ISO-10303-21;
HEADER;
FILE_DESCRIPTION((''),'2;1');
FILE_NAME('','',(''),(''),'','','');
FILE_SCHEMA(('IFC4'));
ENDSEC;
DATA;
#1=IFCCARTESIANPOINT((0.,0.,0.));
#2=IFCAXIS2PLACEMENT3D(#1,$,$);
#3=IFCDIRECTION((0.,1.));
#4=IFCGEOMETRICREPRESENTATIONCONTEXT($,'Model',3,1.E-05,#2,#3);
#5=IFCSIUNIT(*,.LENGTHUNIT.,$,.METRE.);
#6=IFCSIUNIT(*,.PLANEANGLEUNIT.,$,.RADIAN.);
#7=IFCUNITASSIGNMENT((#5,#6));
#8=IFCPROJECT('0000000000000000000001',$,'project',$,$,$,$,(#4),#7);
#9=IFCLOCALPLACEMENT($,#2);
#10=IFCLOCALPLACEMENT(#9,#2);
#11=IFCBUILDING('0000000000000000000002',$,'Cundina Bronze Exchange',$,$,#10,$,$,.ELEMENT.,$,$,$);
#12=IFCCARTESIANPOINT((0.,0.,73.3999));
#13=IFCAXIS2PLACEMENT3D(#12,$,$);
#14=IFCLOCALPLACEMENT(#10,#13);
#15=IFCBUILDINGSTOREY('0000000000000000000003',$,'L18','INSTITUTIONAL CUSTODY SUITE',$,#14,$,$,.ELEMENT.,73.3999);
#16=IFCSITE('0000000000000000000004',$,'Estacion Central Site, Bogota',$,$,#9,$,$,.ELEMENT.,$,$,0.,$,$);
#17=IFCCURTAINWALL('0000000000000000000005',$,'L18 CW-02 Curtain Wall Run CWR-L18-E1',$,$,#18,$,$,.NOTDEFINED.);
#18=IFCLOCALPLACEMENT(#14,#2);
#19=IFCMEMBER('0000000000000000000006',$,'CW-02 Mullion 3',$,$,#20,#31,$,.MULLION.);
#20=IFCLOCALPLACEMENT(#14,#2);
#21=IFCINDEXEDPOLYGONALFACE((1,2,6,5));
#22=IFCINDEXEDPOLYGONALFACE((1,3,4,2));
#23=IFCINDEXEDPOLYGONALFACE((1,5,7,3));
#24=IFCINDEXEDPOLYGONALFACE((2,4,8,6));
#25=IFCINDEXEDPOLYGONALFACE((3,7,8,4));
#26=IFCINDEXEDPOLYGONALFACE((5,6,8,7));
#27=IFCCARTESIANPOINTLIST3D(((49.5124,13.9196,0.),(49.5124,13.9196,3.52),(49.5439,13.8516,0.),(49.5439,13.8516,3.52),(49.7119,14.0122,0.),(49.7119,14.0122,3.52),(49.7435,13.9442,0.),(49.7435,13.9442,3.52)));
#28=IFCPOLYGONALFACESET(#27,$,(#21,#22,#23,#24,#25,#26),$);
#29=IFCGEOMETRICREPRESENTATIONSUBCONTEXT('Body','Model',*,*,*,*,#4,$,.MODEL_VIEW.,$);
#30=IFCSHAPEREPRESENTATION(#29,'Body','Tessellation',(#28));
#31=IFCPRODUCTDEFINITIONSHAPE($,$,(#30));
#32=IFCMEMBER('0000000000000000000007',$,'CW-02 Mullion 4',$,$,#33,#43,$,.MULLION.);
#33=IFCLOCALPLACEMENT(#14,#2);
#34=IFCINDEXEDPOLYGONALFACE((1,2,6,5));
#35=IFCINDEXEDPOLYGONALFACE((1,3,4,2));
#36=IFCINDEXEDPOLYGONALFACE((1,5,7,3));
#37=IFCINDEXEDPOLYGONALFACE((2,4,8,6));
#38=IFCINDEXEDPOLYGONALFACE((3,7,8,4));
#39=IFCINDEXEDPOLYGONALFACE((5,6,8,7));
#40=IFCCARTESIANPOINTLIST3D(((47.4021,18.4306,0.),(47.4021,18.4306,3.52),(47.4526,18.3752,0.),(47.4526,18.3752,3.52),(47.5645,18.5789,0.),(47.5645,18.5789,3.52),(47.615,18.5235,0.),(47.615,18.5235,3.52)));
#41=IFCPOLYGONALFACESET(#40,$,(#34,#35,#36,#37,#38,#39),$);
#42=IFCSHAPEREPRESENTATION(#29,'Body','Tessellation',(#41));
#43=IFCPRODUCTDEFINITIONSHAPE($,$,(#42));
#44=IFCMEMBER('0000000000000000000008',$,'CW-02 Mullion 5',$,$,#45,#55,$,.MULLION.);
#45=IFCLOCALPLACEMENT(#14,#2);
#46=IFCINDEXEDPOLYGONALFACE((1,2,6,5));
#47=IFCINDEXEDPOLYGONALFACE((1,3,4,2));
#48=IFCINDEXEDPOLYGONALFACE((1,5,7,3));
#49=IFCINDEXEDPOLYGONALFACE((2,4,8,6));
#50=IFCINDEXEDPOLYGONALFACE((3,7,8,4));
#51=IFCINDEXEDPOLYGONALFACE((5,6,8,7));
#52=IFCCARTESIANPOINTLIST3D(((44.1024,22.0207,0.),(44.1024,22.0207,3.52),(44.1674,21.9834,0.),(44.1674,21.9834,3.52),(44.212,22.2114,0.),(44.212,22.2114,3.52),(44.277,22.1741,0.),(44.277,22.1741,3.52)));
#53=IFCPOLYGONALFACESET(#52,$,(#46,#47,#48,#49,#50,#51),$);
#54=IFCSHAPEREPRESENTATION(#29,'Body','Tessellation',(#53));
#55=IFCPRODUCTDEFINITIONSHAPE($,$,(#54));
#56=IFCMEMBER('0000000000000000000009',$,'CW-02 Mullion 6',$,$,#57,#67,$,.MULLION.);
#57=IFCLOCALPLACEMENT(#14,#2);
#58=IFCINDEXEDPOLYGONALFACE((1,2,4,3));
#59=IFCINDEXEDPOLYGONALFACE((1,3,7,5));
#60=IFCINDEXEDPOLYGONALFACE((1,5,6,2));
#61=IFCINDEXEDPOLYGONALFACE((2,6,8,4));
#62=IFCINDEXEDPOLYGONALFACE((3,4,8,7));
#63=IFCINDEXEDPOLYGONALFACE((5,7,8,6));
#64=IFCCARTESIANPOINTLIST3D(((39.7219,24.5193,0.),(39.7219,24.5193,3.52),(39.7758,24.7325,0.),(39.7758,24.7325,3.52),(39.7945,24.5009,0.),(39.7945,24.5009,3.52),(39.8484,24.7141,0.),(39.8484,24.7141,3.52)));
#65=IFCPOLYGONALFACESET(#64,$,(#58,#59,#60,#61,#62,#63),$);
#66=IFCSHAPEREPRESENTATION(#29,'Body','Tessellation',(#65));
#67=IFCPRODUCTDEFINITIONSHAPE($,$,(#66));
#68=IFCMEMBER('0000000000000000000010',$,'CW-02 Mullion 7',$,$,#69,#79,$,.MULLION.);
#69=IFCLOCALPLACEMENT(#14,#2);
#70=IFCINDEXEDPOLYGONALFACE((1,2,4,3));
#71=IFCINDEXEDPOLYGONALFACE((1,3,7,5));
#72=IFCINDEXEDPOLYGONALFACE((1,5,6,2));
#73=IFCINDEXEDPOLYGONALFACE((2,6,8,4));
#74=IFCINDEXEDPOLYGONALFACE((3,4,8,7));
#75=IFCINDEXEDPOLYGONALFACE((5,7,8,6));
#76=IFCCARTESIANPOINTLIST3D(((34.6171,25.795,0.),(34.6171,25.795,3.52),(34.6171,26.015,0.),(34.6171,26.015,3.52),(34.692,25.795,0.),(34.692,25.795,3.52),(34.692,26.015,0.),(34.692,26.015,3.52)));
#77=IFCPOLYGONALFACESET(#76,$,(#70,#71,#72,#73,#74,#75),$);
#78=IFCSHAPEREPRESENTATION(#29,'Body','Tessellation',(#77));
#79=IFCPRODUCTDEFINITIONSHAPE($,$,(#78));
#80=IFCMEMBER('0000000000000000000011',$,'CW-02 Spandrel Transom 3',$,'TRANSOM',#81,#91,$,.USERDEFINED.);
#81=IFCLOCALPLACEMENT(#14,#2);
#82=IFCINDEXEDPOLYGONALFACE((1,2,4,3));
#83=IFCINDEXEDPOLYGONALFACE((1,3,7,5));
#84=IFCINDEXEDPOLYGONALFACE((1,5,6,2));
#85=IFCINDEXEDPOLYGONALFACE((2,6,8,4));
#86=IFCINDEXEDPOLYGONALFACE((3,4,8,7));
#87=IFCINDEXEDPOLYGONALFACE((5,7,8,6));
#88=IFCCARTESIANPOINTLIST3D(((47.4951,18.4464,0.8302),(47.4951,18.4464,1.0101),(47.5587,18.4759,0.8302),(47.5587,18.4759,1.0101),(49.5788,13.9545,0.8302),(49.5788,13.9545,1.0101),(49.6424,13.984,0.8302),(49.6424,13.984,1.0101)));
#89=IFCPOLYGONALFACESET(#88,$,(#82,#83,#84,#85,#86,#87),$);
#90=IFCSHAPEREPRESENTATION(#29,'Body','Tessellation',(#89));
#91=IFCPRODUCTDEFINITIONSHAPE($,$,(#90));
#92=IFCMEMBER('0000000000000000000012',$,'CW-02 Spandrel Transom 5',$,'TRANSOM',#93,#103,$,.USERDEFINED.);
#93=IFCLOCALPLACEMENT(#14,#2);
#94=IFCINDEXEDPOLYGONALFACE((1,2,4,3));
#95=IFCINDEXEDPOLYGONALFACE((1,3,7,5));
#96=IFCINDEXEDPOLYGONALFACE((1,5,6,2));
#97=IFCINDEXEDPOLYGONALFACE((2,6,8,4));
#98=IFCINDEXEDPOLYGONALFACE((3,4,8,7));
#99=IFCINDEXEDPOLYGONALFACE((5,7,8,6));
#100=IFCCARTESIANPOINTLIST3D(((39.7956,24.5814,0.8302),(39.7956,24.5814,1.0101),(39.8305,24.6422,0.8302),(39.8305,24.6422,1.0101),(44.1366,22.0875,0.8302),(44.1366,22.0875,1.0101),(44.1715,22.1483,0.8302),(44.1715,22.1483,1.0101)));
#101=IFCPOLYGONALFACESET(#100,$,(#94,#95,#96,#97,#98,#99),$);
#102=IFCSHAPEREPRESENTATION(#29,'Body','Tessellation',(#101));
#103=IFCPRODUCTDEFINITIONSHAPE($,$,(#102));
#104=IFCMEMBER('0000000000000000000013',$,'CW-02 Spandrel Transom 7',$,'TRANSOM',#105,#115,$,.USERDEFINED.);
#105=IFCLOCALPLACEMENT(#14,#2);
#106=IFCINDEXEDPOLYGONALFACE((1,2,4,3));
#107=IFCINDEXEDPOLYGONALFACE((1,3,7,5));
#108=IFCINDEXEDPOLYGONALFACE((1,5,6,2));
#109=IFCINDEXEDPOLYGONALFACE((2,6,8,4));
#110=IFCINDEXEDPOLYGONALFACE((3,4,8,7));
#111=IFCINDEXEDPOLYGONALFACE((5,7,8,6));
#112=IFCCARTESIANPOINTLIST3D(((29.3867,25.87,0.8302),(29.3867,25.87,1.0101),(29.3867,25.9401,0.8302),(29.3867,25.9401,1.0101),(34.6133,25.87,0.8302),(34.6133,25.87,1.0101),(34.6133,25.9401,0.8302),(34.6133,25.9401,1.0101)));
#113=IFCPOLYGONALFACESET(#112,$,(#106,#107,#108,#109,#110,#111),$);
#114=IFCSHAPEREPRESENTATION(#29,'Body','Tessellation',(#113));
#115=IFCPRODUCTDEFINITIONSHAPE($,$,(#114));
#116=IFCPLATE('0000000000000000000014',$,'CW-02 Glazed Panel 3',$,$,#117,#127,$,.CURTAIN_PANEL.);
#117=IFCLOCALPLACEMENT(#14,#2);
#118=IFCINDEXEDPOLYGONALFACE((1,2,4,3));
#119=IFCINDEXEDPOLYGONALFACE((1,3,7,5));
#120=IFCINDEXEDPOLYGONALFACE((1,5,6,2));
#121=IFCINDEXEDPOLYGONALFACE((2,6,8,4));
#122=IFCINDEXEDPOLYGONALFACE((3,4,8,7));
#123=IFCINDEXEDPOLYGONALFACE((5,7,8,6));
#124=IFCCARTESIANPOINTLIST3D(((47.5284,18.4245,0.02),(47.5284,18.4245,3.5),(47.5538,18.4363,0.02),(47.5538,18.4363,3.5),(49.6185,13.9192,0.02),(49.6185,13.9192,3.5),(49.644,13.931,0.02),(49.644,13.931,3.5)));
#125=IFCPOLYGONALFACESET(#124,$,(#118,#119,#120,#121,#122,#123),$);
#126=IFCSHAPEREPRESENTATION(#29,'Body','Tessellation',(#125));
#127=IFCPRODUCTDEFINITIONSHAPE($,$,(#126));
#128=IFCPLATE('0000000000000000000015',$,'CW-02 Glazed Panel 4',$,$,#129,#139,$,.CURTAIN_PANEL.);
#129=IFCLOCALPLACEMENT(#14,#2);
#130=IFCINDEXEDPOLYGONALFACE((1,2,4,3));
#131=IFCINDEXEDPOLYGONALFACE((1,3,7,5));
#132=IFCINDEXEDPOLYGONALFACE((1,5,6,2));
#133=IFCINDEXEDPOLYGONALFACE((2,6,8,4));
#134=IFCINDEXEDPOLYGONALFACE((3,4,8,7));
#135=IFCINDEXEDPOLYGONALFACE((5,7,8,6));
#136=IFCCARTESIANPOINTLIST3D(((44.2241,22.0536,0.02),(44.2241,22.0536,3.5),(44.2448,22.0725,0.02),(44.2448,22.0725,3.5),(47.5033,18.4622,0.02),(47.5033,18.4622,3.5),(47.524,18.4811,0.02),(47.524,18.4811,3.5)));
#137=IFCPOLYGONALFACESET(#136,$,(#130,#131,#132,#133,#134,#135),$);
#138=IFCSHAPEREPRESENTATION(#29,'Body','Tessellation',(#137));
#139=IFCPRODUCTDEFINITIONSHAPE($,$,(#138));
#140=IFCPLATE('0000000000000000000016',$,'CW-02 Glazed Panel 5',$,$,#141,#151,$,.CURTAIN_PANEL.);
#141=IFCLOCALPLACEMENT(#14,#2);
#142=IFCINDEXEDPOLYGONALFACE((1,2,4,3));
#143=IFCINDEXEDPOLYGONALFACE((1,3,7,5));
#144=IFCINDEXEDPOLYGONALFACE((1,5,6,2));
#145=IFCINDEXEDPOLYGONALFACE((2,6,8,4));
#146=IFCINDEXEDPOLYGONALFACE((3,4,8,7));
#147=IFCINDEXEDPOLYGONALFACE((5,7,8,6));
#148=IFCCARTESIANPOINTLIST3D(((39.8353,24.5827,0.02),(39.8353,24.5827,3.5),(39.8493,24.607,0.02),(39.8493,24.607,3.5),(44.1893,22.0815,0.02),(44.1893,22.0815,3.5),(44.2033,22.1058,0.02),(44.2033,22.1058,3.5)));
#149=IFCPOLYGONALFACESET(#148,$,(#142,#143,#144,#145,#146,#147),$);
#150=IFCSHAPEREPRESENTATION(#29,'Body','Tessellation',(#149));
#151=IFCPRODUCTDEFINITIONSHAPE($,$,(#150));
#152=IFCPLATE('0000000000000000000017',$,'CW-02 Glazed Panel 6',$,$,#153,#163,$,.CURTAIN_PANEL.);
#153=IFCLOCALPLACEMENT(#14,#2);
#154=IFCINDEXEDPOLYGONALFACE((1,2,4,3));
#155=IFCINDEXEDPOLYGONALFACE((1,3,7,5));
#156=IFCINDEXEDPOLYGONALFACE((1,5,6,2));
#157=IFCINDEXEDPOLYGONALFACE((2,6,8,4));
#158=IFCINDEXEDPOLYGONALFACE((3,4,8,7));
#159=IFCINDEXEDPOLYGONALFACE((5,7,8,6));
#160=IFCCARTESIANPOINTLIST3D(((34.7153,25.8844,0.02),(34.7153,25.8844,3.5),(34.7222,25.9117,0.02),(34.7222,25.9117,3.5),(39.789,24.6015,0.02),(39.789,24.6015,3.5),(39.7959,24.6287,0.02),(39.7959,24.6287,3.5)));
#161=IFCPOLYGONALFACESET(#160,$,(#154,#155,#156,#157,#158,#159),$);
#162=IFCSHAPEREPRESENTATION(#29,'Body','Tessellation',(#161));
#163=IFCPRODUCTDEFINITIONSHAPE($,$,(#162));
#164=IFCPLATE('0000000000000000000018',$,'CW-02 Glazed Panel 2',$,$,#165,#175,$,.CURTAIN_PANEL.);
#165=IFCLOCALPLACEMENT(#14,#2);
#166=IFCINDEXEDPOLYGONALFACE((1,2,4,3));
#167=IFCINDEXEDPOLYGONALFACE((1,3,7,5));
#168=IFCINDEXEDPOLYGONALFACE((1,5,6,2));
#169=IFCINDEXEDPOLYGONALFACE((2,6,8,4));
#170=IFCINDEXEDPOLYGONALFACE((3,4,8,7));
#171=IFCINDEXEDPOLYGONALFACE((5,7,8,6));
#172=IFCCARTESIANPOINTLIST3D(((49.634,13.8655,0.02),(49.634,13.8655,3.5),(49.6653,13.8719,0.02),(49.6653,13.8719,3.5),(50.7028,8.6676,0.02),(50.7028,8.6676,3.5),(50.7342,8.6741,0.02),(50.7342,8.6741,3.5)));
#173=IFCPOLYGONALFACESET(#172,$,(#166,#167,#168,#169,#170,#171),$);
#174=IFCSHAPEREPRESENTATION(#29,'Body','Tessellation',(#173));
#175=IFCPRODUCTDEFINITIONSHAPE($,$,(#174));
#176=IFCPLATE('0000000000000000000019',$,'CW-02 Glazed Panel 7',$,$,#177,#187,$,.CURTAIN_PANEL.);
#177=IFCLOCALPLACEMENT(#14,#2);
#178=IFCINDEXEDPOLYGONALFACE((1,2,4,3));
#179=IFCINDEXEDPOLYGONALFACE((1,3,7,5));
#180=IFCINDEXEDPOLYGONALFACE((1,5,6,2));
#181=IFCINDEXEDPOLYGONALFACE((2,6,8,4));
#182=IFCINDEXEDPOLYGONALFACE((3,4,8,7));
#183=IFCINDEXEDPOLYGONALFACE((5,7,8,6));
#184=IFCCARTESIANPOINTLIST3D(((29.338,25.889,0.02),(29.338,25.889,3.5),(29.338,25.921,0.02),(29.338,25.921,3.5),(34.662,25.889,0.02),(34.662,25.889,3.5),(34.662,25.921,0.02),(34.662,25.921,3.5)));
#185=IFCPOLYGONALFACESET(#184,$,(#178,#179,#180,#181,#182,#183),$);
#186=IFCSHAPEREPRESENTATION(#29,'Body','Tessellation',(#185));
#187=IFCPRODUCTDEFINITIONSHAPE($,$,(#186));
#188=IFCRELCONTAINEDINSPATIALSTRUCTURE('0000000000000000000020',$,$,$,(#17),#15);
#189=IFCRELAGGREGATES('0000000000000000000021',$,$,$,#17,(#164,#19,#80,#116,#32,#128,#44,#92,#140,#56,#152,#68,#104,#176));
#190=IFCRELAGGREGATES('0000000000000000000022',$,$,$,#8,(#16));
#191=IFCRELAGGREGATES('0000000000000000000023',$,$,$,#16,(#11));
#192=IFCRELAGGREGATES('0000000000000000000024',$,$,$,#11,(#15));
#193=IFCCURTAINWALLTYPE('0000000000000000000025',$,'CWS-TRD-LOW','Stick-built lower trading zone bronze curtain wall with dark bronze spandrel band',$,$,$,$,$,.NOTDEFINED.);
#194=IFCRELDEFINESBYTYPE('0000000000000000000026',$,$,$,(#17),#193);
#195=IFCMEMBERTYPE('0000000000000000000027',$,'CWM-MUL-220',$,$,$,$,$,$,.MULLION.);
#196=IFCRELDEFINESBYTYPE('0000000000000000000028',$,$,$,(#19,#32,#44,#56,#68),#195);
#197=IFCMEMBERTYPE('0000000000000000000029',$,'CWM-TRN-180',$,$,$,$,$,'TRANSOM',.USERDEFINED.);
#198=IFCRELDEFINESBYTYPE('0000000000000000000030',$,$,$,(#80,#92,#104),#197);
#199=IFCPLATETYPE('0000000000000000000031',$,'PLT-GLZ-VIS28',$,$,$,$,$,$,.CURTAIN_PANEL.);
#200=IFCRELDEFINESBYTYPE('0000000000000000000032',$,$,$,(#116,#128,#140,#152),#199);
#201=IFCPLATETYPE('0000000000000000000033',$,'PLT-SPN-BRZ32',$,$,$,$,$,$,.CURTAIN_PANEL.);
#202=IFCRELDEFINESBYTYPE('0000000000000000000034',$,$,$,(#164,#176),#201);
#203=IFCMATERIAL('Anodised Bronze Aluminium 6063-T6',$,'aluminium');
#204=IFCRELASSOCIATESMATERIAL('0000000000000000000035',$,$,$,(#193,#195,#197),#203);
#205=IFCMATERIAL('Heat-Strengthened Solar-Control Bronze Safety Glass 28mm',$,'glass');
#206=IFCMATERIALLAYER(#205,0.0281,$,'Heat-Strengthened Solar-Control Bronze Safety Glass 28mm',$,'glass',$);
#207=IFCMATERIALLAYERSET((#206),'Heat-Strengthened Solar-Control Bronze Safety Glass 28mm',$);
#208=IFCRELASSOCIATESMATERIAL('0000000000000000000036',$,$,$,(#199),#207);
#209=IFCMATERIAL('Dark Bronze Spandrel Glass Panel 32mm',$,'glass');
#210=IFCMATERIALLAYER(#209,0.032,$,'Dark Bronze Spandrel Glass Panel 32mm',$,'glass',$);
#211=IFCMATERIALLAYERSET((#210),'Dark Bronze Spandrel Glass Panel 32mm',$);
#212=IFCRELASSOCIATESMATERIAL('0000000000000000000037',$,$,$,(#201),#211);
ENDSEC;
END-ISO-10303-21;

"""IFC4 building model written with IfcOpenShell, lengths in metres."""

from ifc_helpers import new_model, si_unit, direction, frame, origin, origin_2d, place, context, subcontext, project, spatial, rectangle, extrude, material, layer, layer_set, material_profile, profile_set, type_object, element, aggregate, save


model = new_model("IFC4")

# Units and contexts
model_context = context("Model", 3, precision=1e-05, world=origin(), true_north=direction((0.0, 1.0)))
body_context = subcontext(model_context, "Body", "Model", "MODEL_VIEW")
ifc_project = project(units=[si_unit("LENGTHUNIT", "METRE"), si_unit("PLANEANGLEUNIT", "RADIAN")], contexts=[model_context])

# Site, building, storey
site_placement = place(None, origin())
site = spatial("IfcSite", under=ifc_project, at=site_placement, Name="Estacion Central Site, Bogota", CompositionType="ELEMENT", RefElevation=0.0)
building_placement = place(site_placement, origin())
building = spatial("IfcBuilding", under=site, at=building_placement, Name="Cundina Bronze Exchange", CompositionType="ELEMENT")
storey_placement = place(building_placement, frame((0.0, 0.0, 73.3999)))
storey = spatial("IfcBuildingStorey", under=building, at=storey_placement, Name="L18", Description="INSTITUTIONAL CUSTODY SUITE", CompositionType="ELEMENT", Elevation=73.3999)

# Curtain wall, members, plates
ifc_material_1 = material(Name="Anodised Bronze Aluminium 6063-T6", Category="aluminium")
curtain_wall_type = type_object("IfcCurtainWallType", Name="CWS-TRD-LOW", Description="Stick-built lower trading zone bronze curtain wall with dark bronze spandrel band", PredefinedType="NOTDEFINED", material=ifc_material_1)
curtain_wall_placement = place(storey_placement, origin())
curtain_wall = element("IfcCurtainWall", 1, at=curtain_wall_placement, inside=storey, type_object=curtain_wall_type, Name="L18 CW-02 Curtain Wall Run CWR-L18-E1", PredefinedType="NOTDEFINED")
ifc_material_profile_1 = material_profile(ifc_material_1, rectangle(XDim=0.075, YDim=0.22, at=origin_2d()), Name="AL75X220", Category="aluminium")
ifc_profile_set_1 = profile_set([ifc_material_profile_1], Name="Anodised Bronze Aluminium 6063-T6")
member_type_1 = type_object("IfcMemberType", Name="CWM-MUL-220", PredefinedType="MULLION", material=ifc_profile_set_1)
member_1_placement = place(storey_placement, frame((49.6279, 13.9319, 0.0), z_axis=(0.0, 0.0, 1.0), x_axis=(-0.420877, 0.907117, 0.0)))
member_1 = element("IfcMember", 2, at=member_1_placement, type_object=member_type_1, Name="CW-02 Mullion 3", PredefinedType="MULLION", context=body_context, shape_type="SweptSolid", body=[
    extrude(rectangle(XDim=0.075, YDim=0.22, at=origin_2d()), origin(), (0.0, 0.0, 1.0), 3.52),
])
member_2_placement = place(storey_placement, frame((47.5085, 18.4771, 0.0), z_axis=(0.0, 0.0, 1.0), x_axis=(-0.674302, 0.738455, 0.0)))
member_2 = element("IfcMember", 3, at=member_2_placement, type_object=member_type_1, Name="CW-02 Mullion 4", PredefinedType="MULLION", context=body_context, shape_type="SweptSolid", body=[
    extrude(rectangle(XDim=0.075, YDim=0.22, at=origin_2d()), origin(), (0.0, 0.0, 1.0), 3.52),
])
member_3_placement = place(storey_placement, frame((44.1897, 22.0974, 0.0), z_axis=(0.0, 0.0, 1.0), x_axis=(-0.867071, 0.498185, 0.0)))
member_3 = element("IfcMember", 4, at=member_3_placement, type_object=member_type_1, Name="CW-02 Mullion 5", PredefinedType="MULLION", context=body_context, shape_type="SweptSolid", body=[
    extrude(rectangle(XDim=0.075, YDim=0.22, at=origin_2d()), origin(), (0.0, 0.0, 1.0), 3.52),
])
member_4_placement = place(storey_placement, frame((39.7852, 24.6167, 0.0), z_axis=(0.0, 0.0, 1.0), x_axis=(-0.969488, 0.245138, 0.0)))
member_4 = element("IfcMember", 5, at=member_4_placement, type_object=member_type_1, Name="CW-02 Mullion 6", PredefinedType="MULLION", context=body_context, shape_type="SweptSolid", body=[
    extrude(rectangle(XDim=0.075, YDim=0.22, at=origin_2d()), origin(), (0.0, 0.0, 1.0), 3.52),
])
member_5_placement = place(storey_placement, frame((34.6545, 25.905, 0.0), z_axis=(0.0, 0.0, 1.0), x_axis=(-1.0, 0.0, 0.0)))
member_5 = element("IfcMember", 6, at=member_5_placement, type_object=member_type_1, Name="CW-02 Mullion 7", PredefinedType="MULLION", context=body_context, shape_type="SweptSolid", body=[
    extrude(rectangle(XDim=0.075, YDim=0.22, at=origin_2d()), origin(), (0.0, 0.0, 1.0), 3.52),
])
ifc_material_profile_2 = material_profile(ifc_material_1, rectangle(XDim=0.0701, YDim=0.1799, at=origin_2d()), Name="AL70X180", Category="aluminium")
ifc_profile_set_2 = profile_set([ifc_material_profile_2], Name="Anodised Bronze Aluminium 6063-T6")
member_type_2 = type_object("IfcMemberType", Name="CWM-TRN-180", ElementType="TRANSOM", PredefinedType="USERDEFINED", material=ifc_profile_set_2)
member_6_placement = place(storey_placement, frame((49.6106, 13.9692, 0.9202), z_axis=(-0.420811, 0.907148, 0.0), x_axis=(-0.907148, -0.420811, 0.0)))
member_6 = element("IfcMember", 7, at=member_6_placement, type_object=member_type_2, Name="CW-02 Spandrel Transom 3", ObjectType="TRANSOM", PredefinedType="USERDEFINED", context=body_context, shape_type="SweptSolid", body=[
    extrude(rectangle(XDim=0.0701, YDim=0.1799, at=origin_2d()), origin(), (0.0, 0.0, 1.0), 4.9517),
])
member_7_placement = place(storey_placement, frame((44.1541, 22.1179, 0.9202), z_axis=(-0.867097, 0.498139, 0.0), x_axis=(-0.498139, -0.867097, 0.0)))
member_7 = element("IfcMember", 8, at=member_7_placement, type_object=member_type_2, Name="CW-02 Spandrel Transom 5", ObjectType="TRANSOM", PredefinedType="USERDEFINED", context=body_context, shape_type="SweptSolid", body=[
    extrude(rectangle(XDim=0.0701, YDim=0.1799, at=origin_2d()), origin(), (0.0, 0.0, 1.0), 5.0063),
])
member_8_placement = place(storey_placement, frame((34.6133, 25.905, 0.9202), z_axis=(-1.0, 0.0, 0.0), x_axis=(0.0, -1.0, 0.0)))
member_8 = element("IfcMember", 9, at=member_8_placement, type_object=member_type_2, Name="CW-02 Spandrel Transom 7", ObjectType="TRANSOM", PredefinedType="USERDEFINED", context=body_context, shape_type="SweptSolid", body=[
    extrude(rectangle(XDim=0.0701, YDim=0.1799, at=origin_2d()), origin(), (0.0, 0.0, 1.0), 5.2266),
])
ifc_material_2 = material(Name="Heat-Strengthened Solar-Control Bronze Safety Glass 28mm", Category="glass")
ifc_layer_1 = layer(ifc_material_2, 0.0281, Name="Heat-Strengthened Solar-Control Bronze Safety Glass 28mm", Category="glass")
ifc_layer_set_1 = layer_set([ifc_layer_1], Name="Heat-Strengthened Solar-Control Bronze Safety Glass 28mm")
plate_type_1 = type_object("IfcPlateType", Name="PLT-GLZ-VIS28", PredefinedType="CURTAIN_PANEL", material=ifc_layer_set_1)
plate_1_placement = place(storey_placement, frame((48.5862, 16.1777, 0.02), z_axis=(0.0, 0.0, 1.0), x_axis=(-0.420846, 0.907132, 0.0)))
plate_1 = element("IfcPlate", 10, at=plate_1_placement, type_object=plate_type_1, Name="CW-02 Glazed Panel 3", PredefinedType="CURTAIN_PANEL", context=body_context, shape_type="SweptSolid", body=[
    extrude(rectangle(XDim=4.9666, YDim=0.0281, at=origin_2d()), origin(), (0.0, 0.0, 1.0), 3.48),
])
plate_2_placement = place(storey_placement, frame((45.874, 20.2673, 0.02), z_axis=(0.0, 0.0, 1.0), x_axis=(-0.674277, 0.738479, 0.0)))
plate_2 = element("IfcPlate", 11, at=plate_2_placement, type_object=plate_type_1, Name="CW-02 Glazed Panel 4", PredefinedType="CURTAIN_PANEL", context=body_context, shape_type="SweptSolid", body=[
    extrude(rectangle(XDim=4.8633, YDim=0.0281, at=origin_2d()), origin(), (0.0, 0.0, 1.0), 3.48),
])
plate_3_placement = place(storey_placement, frame((42.0193, 23.3442, 0.02), z_axis=(0.0, 0.0, 1.0), x_axis=(-0.867105, 0.498125, 0.0)))
plate_3 = element("IfcPlate", 12, at=plate_3_placement, type_object=plate_type_1, Name="CW-02 Glazed Panel 5", PredefinedType="CURTAIN_PANEL", context=body_context, shape_type="SweptSolid", body=[
    extrude(rectangle(XDim=5.0212, YDim=0.0281, at=origin_2d()), origin(), (0.0, 0.0, 1.0), 3.48),
])
plate_4_placement = place(storey_placement, frame((37.2556, 25.2566, 0.02), z_axis=(0.0, 0.0, 1.0), x_axis=(-0.969488, 0.245138, 0.0)))
plate_4 = element("IfcPlate", 13, at=plate_4_placement, type_object=plate_type_1, Name="CW-02 Glazed Panel 6", PredefinedType="CURTAIN_PANEL", context=body_context, shape_type="SweptSolid", body=[
    extrude(rectangle(XDim=5.2334, YDim=0.0281, at=origin_2d()), origin(), (0.0, 0.0, 1.0), 3.48),
])
ifc_material_3 = material(Name="Dark Bronze Spandrel Glass Panel 32mm", Category="glass")
ifc_layer_2 = layer(ifc_material_3, 0.032, Name="Dark Bronze Spandrel Glass Panel 32mm", Category="glass")
ifc_layer_set_2 = layer_set([ifc_layer_2], Name="Dark Bronze Spandrel Glass Panel 32mm")
plate_type_2 = type_object("IfcPlateType", Name="PLT-SPN-BRZ32", PredefinedType="CURTAIN_PANEL", material=ifc_layer_set_2)
plate_5_placement = place(storey_placement, frame((50.1841, 11.2698, 0.02), z_axis=(0.0, 0.0, 1.0), x_axis=(-0.20142, 0.979505, 0.0)))
plate_5 = element("IfcPlate", 14, at=plate_5_placement, type_object=plate_type_2, Name="CW-02 Glazed Panel 2", PredefinedType="CURTAIN_PANEL", context=body_context, shape_type="SweptSolid", body=[
    extrude(rectangle(XDim=5.3066, YDim=0.032, at=origin_2d()), origin(), (0.0, 0.0, 1.0), 3.48),
])
plate_6_placement = place(storey_placement, frame((32.0, 25.905, 0.02), z_axis=(0.0, 0.0, 1.0), x_axis=(-1.0, 0.0, 0.0)))
plate_6 = element("IfcPlate", 15, at=plate_6_placement, type_object=plate_type_2, Name="CW-02 Glazed Panel 7", PredefinedType="CURTAIN_PANEL", context=body_context, shape_type="SweptSolid", body=[
    extrude(rectangle(XDim=5.324, YDim=0.032, at=origin_2d()), origin(), (0.0, 0.0, 1.0), 3.48),
])
aggregate(curtain_wall, [plate_5, member_1, member_6, plate_1, member_2, plate_2, member_3, member_7, plate_3, member_4, plate_4, member_5, member_8, plate_6])

save(model, "model.ifc")
